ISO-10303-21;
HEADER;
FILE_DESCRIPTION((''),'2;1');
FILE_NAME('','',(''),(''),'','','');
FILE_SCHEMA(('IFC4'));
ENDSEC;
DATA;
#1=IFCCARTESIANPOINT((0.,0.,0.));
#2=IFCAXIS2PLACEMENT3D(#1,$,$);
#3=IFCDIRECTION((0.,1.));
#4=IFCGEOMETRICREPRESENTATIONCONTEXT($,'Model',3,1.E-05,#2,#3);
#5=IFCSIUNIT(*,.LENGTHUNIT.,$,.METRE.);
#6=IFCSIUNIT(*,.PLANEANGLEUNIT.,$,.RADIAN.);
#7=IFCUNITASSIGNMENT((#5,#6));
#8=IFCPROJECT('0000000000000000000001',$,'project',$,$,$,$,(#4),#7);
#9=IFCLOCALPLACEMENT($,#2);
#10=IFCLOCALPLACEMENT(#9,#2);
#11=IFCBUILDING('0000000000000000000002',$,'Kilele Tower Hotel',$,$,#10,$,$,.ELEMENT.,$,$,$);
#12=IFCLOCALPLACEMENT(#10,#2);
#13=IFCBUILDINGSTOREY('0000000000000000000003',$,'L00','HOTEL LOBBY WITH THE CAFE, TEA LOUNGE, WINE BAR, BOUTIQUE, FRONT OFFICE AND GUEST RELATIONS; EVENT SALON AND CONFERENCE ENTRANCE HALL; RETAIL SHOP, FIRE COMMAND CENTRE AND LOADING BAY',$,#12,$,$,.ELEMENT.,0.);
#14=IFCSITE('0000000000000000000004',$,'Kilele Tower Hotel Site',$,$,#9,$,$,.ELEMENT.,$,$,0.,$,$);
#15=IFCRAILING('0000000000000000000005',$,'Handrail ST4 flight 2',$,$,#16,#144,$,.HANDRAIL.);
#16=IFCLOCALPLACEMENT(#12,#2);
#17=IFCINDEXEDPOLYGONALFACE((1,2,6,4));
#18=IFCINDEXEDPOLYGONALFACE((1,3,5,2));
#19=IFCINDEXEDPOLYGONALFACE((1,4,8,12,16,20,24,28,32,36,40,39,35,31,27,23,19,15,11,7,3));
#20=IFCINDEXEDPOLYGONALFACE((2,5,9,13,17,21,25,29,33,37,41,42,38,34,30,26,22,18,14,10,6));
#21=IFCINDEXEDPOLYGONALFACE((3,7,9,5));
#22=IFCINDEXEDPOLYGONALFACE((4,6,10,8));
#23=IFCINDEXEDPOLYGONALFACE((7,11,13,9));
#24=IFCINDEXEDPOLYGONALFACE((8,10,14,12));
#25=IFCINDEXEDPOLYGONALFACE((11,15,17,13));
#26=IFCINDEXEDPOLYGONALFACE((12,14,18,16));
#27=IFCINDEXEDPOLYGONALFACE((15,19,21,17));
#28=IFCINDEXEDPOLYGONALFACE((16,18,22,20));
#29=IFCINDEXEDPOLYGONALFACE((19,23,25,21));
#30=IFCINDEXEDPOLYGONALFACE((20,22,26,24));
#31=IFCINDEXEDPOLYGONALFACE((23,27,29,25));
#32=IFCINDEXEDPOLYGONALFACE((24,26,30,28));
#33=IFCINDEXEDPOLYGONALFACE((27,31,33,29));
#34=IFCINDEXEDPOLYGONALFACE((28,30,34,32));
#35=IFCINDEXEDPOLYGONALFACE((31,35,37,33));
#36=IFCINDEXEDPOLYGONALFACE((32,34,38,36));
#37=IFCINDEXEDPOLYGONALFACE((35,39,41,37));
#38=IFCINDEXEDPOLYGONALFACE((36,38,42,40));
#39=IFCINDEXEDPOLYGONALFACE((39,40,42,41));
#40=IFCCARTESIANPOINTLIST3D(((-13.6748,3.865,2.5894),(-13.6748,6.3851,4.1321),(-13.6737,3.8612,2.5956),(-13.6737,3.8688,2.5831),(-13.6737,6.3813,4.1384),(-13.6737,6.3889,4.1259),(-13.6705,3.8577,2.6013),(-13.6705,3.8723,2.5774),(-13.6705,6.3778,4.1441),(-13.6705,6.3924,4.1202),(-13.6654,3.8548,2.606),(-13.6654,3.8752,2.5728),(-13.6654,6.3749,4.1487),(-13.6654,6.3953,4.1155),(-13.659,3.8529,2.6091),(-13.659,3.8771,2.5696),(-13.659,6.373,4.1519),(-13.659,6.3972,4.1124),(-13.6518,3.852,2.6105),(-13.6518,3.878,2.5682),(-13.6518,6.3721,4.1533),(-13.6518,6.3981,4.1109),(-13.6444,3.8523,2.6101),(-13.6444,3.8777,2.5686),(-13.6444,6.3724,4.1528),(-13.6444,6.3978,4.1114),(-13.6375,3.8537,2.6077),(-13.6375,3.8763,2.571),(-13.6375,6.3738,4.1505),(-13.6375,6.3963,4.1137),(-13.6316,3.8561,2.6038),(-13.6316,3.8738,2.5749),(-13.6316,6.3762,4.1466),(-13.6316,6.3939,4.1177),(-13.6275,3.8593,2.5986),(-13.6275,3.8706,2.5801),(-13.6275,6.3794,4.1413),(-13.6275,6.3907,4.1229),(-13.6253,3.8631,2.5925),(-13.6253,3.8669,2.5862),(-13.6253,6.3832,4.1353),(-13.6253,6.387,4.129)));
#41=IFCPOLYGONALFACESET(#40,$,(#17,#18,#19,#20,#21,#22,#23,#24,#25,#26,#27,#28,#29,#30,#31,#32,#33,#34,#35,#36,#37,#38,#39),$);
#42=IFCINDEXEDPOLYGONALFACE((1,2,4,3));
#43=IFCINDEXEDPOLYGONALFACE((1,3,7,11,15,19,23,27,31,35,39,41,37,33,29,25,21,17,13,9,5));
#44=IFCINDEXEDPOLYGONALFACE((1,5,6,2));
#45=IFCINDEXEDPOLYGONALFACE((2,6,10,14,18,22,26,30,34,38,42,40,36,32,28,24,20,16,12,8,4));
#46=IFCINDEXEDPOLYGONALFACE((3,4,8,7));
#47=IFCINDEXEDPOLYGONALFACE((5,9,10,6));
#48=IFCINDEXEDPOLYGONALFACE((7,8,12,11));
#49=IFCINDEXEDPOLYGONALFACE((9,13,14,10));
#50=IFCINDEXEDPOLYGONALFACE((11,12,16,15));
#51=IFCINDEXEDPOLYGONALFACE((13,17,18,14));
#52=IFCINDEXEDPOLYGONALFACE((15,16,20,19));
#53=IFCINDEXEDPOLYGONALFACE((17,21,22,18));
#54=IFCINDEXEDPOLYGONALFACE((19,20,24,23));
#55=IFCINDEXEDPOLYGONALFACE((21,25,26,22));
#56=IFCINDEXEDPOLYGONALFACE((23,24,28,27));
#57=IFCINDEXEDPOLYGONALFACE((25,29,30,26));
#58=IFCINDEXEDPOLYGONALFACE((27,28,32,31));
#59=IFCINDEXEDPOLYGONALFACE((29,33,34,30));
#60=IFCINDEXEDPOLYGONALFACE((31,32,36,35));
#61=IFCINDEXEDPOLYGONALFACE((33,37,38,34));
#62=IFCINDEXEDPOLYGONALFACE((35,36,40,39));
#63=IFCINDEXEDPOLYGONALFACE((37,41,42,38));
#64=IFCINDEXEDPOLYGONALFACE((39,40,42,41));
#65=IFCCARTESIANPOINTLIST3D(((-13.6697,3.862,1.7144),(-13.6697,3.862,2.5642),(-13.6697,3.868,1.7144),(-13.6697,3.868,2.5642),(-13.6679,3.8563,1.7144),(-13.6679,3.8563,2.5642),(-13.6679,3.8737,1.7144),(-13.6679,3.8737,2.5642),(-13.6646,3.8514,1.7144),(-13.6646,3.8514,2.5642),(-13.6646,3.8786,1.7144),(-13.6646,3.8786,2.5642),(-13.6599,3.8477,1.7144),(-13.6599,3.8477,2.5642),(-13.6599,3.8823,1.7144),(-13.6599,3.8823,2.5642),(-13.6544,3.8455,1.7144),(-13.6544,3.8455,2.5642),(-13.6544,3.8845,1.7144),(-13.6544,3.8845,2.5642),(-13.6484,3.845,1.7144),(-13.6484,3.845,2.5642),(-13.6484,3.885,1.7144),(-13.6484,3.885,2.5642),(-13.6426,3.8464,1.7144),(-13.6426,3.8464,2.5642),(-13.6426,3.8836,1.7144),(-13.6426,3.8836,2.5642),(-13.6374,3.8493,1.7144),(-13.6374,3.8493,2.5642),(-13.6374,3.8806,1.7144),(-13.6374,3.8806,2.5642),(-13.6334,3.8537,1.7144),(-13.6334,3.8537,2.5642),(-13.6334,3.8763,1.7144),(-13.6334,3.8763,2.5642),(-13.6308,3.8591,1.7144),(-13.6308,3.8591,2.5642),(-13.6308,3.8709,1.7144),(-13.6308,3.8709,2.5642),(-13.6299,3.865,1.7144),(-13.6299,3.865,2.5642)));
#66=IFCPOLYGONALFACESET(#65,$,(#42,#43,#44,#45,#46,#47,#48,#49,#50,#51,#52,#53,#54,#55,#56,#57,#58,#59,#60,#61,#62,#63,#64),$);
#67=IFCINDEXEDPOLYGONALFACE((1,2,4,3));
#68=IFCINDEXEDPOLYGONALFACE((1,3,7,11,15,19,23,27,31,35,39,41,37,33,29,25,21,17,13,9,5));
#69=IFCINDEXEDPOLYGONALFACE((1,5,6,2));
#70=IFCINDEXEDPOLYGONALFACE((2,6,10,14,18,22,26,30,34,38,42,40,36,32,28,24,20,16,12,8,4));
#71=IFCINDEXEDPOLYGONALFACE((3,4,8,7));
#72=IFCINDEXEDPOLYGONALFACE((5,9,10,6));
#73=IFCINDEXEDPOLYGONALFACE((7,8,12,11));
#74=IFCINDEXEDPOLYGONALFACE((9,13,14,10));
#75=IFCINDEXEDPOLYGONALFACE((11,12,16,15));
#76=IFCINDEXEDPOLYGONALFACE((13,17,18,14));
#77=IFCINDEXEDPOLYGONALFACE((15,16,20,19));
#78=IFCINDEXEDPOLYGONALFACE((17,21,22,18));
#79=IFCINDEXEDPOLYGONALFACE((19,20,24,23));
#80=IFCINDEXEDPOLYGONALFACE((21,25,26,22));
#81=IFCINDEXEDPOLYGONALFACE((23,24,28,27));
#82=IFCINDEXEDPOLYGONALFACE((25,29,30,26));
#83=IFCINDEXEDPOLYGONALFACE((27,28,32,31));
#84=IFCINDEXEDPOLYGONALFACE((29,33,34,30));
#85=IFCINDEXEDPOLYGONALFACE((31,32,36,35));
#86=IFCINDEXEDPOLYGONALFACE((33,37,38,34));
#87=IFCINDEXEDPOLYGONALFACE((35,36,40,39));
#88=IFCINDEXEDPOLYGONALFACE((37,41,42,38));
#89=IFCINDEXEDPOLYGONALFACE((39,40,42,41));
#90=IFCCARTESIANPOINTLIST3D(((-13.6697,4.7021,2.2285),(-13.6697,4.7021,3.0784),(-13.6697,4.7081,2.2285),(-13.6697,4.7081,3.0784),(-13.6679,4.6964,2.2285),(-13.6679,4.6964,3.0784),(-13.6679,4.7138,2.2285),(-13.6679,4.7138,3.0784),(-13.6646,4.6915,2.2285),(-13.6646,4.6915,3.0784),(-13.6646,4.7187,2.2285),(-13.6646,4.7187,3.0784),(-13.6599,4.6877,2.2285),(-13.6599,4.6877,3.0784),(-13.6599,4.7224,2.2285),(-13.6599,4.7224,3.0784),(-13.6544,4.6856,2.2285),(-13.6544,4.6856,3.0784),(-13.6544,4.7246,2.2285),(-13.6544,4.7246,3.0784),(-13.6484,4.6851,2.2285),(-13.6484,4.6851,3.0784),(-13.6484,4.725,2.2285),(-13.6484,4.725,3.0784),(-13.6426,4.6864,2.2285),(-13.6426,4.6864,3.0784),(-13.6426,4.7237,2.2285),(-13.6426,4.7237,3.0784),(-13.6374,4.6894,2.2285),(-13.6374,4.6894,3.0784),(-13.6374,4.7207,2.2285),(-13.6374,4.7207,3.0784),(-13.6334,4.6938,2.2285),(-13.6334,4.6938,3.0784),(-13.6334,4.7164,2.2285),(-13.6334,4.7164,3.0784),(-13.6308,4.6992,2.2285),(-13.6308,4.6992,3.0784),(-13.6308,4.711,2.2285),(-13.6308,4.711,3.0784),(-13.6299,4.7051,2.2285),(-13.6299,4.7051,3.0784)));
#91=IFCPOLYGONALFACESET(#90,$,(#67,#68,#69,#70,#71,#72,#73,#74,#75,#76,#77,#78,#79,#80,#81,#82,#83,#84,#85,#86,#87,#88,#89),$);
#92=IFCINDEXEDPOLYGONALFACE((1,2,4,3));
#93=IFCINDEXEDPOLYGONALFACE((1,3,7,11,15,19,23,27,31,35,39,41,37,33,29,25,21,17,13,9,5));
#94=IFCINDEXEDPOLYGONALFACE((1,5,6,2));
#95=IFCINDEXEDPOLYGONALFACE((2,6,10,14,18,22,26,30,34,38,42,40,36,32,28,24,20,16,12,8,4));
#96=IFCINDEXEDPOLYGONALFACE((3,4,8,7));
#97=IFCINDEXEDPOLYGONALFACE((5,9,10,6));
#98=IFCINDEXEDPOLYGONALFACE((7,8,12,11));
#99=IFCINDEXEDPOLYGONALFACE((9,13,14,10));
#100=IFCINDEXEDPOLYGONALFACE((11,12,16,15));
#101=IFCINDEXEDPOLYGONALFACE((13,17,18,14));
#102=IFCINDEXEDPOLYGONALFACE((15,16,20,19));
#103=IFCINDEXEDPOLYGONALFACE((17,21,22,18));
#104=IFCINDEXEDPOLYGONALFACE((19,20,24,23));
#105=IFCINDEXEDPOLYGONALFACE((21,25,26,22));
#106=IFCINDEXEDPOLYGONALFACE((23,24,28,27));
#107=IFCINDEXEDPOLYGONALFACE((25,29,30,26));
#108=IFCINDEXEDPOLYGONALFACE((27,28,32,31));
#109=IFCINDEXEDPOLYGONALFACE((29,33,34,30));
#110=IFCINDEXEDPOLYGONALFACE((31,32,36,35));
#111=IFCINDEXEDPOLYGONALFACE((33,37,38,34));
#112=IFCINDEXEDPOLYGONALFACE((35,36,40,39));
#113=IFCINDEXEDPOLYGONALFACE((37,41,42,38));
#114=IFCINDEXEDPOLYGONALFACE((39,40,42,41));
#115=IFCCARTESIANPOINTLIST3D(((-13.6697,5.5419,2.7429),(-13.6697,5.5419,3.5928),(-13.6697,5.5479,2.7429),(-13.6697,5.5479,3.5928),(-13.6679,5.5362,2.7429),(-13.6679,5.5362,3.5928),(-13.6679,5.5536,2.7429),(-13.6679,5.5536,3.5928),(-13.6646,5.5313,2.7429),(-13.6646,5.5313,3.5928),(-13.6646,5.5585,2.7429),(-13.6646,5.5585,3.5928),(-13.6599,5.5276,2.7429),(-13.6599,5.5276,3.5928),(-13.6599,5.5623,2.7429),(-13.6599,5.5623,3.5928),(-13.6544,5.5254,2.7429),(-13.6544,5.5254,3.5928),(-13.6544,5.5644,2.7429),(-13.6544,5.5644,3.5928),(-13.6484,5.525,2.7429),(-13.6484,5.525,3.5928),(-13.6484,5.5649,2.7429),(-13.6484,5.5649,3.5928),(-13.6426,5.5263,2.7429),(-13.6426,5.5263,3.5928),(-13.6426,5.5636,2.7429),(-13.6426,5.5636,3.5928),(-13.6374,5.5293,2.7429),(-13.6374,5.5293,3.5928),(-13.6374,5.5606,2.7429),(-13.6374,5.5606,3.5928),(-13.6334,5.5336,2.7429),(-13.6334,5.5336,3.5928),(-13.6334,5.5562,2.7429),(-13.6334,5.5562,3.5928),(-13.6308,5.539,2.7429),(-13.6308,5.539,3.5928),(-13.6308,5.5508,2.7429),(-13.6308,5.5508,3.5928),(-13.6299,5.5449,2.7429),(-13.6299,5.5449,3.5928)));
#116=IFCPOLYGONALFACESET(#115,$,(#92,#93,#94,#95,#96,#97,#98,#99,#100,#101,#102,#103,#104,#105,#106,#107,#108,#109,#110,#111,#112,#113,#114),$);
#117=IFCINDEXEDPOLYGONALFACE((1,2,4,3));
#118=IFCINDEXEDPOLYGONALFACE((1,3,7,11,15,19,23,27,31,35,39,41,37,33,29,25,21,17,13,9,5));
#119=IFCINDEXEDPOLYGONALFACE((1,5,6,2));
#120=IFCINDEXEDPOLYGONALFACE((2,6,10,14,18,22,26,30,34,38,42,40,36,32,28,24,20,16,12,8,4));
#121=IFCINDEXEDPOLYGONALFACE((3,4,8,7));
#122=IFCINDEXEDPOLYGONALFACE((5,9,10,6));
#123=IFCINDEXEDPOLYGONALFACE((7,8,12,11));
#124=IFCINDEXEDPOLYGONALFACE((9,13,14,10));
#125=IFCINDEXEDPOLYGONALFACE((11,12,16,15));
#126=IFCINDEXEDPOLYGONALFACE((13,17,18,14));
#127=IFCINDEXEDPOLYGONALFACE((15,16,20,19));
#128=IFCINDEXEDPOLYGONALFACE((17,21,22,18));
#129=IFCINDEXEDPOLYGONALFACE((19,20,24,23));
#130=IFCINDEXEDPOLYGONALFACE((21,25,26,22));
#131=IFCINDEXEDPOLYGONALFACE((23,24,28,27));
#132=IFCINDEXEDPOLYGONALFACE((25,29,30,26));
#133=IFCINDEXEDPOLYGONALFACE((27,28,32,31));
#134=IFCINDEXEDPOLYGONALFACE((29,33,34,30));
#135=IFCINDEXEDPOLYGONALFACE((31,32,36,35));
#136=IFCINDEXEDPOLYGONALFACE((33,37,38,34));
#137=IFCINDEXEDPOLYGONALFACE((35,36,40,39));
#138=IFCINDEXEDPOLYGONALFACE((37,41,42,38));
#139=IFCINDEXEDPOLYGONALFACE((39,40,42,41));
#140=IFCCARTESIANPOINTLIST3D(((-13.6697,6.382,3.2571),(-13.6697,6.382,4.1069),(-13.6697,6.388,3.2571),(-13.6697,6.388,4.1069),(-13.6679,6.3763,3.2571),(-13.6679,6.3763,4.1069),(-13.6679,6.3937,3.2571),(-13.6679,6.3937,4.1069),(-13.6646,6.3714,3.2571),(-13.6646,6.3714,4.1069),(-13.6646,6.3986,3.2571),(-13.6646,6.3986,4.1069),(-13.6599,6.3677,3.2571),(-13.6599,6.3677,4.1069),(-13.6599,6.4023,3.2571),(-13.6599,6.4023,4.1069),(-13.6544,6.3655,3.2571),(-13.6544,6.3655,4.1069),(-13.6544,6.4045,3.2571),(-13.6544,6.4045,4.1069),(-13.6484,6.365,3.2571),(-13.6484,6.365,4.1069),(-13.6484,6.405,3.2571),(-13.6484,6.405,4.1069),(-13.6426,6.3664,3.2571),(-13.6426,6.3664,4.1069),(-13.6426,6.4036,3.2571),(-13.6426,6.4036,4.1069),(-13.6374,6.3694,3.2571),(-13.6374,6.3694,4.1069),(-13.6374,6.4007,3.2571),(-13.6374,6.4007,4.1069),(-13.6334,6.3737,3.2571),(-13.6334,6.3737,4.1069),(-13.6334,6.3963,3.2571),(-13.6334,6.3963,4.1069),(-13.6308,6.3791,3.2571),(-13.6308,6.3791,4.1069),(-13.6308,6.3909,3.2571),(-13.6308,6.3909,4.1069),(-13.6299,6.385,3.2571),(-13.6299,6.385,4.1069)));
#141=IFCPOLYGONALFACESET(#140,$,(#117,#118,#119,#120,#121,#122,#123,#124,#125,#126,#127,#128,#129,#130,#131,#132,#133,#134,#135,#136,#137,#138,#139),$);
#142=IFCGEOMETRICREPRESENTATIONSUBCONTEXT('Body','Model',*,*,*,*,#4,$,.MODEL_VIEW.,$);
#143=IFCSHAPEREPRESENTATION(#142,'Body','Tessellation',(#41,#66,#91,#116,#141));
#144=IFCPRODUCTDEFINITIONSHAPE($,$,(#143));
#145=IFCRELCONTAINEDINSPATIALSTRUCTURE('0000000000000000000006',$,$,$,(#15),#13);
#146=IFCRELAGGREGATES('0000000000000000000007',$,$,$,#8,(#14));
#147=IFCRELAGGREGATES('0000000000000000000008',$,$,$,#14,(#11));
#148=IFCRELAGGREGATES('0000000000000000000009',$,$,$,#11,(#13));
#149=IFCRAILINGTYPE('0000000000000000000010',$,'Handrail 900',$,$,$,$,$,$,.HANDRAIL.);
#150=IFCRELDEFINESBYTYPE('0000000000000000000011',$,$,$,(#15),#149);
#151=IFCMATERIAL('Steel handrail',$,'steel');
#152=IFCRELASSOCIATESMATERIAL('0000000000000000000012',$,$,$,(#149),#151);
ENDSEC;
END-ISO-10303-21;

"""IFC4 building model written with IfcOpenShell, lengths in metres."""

from ifc_helpers import new_model, si_unit, direction, frame, origin, origin_2d, place, context, subcontext, project, spatial, circle, extrude, material, type_object, element, save


model = new_model("IFC4")

# Units and contexts
model_context = context("Model", 3, precision=1e-05, world=origin(), true_north=direction((0.0, 1.0)))
body_context = subcontext(model_context, "Body", "Model", "MODEL_VIEW")
ifc_project = project(units=[si_unit("LENGTHUNIT", "METRE"), si_unit("PLANEANGLEUNIT", "RADIAN")], contexts=[model_context])

# Site, building, storey
site_placement = place(None, origin())
site = spatial("IfcSite", under=ifc_project, at=site_placement, Name="Kilele Tower Hotel Site", CompositionType="ELEMENT", RefElevation=0.0)
building_placement = place(site_placement, origin())
building = spatial("IfcBuilding", under=site, at=building_placement, Name="Kilele Tower Hotel", CompositionType="ELEMENT")
storey_placement = place(building_placement, origin())
storey = spatial("IfcBuildingStorey", under=building, at=storey_placement, Name="L00", Description="HOTEL LOBBY WITH THE CAFE, TEA LOUNGE, WINE BAR, BOUTIQUE, FRONT OFFICE AND GUEST RELATIONS; EVENT SALON AND CONFERENCE ENTRANCE HALL; RETAIL SHOP, FIRE COMMAND CENTRE AND LOADING BAY", CompositionType="ELEMENT", Elevation=0.0)

# Railing
ifc_material_1 = material(Name="Steel handrail", Category="steel")
railing_type_1 = type_object("IfcRailingType", Name="Handrail 900", PredefinedType="HANDRAIL", material=ifc_material_1)
for number, where, name in (
    (1, (-13.6499, 3.865, 1.7144), "Handrail ST4 flight 2"),
):
    element("IfcRailing", number, at=place(storey_placement, frame(where)), inside=storey, type_object=railing_type_1, Name=name, PredefinedType="HANDRAIL", context=body_context, shape_type="SweptSolid", body=[
        extrude(circle(Radius=0.0249, at=origin_2d()), frame((0.0, 0.0, 0.875), z_axis=(0.0, 0.852873, 0.522118), x_axis=(-1.0, 0.0, 0.0)), (0.0, 0.0, 1.0), 2.9548),
        extrude(circle(Radius=0.02, at=origin_2d()), origin(), (0.0, 0.0, 1.0), 0.8499),
        extrude(circle(Radius=0.02, at=origin_2d()), frame((0.0, 0.8401, 0.5142)), (0.0, 0.0, 1.0), 0.8499),
        extrude(circle(Radius=0.02, at=origin_2d()), frame((0.0, 1.6799, 1.0286)), (0.0, 0.0, 1.0), 0.8499),
        extrude(circle(Radius=0.02, at=origin_2d()), frame((0.0, 2.52, 1.5427)), (0.0, 0.0, 1.0), 0.8499),
    ])

save(model, "model.ifc")
